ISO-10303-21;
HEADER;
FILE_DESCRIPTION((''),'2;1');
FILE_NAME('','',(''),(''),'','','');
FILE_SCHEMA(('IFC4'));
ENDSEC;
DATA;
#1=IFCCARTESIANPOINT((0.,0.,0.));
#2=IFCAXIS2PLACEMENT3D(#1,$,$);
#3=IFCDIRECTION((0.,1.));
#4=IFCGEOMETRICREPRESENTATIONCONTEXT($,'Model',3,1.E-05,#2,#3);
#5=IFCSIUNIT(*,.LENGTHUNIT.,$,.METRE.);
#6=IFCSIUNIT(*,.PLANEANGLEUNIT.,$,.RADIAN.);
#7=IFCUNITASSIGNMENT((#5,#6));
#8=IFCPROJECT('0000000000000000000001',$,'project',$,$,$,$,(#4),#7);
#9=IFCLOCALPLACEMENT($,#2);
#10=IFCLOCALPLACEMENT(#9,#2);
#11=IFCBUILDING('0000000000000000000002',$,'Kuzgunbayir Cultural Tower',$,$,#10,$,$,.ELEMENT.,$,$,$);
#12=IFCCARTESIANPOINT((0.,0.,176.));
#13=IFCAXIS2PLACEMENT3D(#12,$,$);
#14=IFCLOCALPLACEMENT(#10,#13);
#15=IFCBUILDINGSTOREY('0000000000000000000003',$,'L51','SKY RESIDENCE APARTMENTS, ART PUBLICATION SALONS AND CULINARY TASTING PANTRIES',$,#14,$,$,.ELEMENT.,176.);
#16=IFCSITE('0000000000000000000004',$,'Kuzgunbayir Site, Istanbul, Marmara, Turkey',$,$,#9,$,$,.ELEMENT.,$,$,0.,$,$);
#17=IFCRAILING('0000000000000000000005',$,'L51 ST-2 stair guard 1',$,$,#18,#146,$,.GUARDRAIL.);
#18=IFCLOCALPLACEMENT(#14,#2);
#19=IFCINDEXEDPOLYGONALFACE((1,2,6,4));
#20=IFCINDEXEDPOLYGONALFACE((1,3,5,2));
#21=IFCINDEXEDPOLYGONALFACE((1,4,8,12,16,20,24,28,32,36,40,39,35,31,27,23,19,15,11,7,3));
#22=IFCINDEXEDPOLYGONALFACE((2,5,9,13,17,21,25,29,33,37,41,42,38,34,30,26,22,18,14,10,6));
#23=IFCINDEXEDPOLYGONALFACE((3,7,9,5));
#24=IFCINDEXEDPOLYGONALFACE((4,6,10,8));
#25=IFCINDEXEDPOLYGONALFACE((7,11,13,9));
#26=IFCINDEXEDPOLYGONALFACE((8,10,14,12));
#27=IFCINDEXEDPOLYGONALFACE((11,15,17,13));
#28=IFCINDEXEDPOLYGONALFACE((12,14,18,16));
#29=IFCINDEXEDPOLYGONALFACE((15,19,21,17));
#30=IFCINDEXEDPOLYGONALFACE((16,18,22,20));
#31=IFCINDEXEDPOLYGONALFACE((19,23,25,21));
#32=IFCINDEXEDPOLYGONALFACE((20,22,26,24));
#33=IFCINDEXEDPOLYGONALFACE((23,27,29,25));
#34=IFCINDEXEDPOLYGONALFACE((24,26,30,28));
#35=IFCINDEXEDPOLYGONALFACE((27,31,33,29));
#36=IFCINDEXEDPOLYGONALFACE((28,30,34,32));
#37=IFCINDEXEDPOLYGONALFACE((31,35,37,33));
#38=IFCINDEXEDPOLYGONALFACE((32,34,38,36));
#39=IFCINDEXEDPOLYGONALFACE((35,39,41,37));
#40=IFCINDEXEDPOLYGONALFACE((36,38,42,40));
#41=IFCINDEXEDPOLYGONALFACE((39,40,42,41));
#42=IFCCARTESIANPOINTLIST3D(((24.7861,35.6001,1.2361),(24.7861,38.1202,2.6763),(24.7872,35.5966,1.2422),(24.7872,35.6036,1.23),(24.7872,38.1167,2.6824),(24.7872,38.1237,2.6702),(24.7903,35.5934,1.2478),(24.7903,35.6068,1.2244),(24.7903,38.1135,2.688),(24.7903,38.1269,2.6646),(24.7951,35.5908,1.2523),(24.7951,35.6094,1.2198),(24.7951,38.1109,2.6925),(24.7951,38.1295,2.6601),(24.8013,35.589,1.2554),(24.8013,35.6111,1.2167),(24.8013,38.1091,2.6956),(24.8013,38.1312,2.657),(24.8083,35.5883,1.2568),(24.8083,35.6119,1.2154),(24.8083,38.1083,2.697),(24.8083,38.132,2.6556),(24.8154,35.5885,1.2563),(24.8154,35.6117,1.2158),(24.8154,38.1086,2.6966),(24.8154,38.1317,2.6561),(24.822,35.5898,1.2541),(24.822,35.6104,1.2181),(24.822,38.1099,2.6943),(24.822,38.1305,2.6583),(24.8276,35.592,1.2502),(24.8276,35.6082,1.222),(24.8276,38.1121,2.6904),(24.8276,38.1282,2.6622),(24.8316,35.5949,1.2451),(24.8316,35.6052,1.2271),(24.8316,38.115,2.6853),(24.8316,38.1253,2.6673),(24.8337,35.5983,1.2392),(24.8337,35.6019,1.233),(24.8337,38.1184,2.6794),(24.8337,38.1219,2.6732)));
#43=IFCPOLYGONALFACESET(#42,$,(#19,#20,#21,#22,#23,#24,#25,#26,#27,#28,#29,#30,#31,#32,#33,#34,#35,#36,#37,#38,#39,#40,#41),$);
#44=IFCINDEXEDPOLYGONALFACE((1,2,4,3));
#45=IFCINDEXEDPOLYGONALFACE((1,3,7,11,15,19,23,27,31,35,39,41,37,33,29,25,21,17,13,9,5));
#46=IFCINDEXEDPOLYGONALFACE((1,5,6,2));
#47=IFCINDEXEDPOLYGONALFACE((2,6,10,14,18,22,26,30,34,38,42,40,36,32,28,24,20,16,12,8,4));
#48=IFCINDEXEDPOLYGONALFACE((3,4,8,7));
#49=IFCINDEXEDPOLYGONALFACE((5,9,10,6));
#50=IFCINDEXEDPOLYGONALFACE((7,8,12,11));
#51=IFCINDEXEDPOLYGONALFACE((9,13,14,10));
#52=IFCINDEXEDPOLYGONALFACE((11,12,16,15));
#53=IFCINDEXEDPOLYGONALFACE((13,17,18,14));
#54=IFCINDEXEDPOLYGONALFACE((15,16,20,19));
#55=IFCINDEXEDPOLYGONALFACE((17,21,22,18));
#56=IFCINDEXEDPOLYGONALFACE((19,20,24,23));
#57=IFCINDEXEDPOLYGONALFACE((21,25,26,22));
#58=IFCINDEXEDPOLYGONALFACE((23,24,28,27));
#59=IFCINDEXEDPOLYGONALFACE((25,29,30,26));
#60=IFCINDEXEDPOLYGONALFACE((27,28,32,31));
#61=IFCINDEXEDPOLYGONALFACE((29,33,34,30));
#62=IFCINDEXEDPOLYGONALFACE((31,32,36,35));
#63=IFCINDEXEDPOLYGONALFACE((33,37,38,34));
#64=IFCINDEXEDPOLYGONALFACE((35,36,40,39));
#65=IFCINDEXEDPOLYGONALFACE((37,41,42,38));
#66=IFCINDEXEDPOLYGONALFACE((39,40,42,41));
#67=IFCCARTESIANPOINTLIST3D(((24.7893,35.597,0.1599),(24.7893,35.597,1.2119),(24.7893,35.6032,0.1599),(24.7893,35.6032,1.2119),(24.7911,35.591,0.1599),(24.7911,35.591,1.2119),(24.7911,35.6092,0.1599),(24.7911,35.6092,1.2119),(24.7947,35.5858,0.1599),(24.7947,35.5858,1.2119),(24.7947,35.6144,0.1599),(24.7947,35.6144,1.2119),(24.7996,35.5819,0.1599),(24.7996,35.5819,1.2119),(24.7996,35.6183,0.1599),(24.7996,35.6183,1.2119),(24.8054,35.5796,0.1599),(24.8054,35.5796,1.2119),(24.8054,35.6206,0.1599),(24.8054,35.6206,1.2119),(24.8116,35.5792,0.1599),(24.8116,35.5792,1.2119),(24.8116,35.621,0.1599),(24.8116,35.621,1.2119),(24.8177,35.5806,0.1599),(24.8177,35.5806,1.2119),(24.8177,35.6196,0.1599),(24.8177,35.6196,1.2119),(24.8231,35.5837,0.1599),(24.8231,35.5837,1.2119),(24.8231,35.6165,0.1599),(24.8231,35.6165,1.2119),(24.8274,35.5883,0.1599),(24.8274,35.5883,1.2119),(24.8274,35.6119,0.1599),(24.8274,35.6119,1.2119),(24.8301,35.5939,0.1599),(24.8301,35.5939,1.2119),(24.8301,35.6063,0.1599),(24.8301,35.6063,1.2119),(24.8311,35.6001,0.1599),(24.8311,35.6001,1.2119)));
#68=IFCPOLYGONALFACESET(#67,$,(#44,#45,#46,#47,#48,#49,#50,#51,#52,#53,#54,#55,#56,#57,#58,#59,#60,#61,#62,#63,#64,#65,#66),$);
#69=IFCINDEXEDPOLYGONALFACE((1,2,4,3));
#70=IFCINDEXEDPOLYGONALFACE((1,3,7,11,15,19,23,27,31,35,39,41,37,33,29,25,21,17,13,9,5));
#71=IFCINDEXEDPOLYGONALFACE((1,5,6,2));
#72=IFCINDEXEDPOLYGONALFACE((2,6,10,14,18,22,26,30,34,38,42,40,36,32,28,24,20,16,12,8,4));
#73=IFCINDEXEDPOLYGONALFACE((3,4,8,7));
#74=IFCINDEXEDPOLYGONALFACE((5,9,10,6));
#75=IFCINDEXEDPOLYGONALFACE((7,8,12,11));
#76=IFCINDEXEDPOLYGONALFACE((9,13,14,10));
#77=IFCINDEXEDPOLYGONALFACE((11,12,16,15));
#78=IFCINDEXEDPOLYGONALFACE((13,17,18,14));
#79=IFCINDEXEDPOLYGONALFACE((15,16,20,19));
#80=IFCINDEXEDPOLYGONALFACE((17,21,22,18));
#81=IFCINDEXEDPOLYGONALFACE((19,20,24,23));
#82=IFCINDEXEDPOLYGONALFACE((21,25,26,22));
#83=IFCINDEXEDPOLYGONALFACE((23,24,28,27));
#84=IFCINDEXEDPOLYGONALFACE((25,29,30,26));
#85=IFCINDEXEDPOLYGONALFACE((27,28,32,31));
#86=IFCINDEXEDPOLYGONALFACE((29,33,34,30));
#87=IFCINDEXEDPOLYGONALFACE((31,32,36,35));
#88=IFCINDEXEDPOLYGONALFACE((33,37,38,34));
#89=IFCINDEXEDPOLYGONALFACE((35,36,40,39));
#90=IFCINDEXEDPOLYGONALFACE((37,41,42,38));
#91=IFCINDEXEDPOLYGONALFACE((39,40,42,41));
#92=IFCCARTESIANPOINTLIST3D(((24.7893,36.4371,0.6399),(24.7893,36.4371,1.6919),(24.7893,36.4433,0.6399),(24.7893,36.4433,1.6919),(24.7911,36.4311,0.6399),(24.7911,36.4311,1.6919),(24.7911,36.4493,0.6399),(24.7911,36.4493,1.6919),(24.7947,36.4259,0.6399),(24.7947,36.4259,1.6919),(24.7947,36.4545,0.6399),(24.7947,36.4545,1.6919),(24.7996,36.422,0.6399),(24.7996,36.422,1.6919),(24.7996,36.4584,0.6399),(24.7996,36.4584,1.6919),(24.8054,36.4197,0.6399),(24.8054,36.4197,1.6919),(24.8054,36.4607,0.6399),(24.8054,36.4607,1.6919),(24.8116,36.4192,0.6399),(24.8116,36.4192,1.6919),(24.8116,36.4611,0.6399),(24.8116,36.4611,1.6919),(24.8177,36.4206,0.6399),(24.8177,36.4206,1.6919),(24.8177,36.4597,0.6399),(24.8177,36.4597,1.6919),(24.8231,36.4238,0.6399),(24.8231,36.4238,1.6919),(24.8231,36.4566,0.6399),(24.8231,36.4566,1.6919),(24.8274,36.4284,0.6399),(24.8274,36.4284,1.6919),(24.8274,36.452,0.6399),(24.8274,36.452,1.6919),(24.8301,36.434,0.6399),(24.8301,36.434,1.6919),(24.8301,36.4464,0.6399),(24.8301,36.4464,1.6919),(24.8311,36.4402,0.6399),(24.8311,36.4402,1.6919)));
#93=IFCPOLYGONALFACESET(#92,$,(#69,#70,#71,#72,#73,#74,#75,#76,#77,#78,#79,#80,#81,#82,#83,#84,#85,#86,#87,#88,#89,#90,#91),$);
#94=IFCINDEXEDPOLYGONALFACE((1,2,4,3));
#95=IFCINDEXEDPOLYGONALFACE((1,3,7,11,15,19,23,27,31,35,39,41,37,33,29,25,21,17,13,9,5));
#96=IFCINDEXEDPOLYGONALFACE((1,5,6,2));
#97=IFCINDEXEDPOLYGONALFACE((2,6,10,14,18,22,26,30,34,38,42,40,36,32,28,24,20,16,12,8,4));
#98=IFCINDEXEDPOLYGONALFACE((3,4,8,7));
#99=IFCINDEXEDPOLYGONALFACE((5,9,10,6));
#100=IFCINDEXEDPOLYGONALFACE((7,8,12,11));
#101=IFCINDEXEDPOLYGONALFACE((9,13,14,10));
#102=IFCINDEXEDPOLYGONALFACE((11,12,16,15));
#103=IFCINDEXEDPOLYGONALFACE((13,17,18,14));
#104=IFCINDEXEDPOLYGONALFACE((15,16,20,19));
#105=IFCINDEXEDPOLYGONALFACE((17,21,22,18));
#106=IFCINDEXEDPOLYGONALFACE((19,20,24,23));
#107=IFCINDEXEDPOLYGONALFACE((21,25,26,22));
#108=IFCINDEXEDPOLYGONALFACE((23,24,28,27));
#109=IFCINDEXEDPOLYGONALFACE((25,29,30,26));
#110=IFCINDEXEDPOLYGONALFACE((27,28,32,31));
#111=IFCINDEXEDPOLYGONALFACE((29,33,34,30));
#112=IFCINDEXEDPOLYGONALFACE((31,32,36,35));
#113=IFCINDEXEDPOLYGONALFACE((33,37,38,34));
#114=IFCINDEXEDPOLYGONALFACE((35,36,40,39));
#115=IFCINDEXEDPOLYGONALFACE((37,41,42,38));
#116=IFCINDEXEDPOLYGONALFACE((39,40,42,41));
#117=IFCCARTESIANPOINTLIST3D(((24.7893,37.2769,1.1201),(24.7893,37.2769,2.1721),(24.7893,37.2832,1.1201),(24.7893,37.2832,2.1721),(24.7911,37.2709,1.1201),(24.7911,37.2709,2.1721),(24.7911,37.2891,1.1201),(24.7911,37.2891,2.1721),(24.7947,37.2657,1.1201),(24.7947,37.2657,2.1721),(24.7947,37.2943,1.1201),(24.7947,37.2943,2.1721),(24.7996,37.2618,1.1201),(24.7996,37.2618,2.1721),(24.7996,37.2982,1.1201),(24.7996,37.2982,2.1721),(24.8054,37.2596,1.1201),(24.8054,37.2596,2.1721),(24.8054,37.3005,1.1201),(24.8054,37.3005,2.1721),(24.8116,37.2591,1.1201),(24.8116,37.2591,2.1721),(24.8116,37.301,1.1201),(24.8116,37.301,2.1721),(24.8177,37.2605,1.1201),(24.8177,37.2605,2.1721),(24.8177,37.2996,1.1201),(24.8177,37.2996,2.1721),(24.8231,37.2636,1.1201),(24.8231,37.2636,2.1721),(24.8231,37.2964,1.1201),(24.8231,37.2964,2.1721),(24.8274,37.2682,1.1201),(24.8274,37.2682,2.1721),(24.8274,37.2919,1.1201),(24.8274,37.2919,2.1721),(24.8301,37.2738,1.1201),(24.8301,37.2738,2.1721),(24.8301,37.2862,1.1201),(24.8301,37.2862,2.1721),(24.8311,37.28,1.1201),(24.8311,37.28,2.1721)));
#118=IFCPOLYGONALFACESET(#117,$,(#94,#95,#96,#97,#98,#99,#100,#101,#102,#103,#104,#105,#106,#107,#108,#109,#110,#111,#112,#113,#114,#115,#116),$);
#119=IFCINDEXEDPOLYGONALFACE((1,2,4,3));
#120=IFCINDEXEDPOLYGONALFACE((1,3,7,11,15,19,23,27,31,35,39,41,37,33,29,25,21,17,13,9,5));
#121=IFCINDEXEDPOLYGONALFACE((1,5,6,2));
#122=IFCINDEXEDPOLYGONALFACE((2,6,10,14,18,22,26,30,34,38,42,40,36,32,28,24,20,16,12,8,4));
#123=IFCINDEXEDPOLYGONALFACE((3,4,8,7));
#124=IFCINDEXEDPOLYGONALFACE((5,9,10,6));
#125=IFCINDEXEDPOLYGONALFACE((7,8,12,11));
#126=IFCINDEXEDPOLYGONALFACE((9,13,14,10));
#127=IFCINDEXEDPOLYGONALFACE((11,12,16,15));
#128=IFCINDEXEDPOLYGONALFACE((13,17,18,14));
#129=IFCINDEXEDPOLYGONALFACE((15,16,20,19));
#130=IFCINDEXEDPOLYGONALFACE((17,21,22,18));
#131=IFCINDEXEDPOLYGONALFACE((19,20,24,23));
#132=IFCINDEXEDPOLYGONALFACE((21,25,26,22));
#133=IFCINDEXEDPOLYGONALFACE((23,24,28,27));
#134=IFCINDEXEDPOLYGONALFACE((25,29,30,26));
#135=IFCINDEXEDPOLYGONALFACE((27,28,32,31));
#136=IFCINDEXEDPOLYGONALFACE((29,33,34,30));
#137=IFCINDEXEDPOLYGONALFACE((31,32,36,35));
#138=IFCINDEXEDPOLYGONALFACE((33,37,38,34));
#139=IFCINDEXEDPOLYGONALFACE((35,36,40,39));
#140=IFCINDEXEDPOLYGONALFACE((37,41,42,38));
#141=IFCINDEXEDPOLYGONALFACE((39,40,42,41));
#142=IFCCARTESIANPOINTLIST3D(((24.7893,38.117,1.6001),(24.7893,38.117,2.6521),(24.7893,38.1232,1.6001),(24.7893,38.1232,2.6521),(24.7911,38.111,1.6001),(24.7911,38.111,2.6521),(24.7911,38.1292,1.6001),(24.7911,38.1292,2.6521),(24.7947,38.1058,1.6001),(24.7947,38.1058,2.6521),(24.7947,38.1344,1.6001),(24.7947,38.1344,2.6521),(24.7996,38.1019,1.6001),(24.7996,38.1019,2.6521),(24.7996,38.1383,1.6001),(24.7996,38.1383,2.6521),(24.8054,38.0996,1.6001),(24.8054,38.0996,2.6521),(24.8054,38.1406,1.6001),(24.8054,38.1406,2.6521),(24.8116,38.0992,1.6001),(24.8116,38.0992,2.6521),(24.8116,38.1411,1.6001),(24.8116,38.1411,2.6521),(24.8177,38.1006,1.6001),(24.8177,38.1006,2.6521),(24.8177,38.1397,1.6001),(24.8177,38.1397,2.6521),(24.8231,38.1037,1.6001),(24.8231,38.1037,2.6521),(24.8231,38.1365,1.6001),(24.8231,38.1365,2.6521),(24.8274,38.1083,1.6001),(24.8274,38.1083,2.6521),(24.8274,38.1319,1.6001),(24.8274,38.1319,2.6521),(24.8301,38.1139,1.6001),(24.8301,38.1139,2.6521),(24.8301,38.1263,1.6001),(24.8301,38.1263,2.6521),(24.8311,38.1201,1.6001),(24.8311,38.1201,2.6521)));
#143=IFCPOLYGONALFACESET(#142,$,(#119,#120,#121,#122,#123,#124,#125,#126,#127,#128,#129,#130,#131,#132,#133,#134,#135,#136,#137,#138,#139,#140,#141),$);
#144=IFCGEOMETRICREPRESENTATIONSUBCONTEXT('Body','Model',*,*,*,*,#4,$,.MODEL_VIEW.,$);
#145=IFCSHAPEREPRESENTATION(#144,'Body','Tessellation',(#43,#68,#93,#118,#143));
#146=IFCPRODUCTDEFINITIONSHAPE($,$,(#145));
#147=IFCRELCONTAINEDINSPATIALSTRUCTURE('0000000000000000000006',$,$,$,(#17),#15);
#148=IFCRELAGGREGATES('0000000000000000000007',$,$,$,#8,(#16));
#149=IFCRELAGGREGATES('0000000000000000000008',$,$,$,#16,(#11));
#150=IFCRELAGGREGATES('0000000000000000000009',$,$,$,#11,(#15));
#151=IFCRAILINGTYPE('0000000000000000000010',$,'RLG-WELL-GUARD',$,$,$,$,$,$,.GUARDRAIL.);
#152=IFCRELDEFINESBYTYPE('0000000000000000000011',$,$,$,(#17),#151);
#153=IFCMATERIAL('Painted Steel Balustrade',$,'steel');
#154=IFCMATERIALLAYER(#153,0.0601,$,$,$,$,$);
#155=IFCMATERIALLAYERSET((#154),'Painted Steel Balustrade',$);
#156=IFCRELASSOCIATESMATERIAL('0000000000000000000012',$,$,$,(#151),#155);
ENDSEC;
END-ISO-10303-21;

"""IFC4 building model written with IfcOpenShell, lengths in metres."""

from ifc_helpers import new_model, si_unit, direction, frame, origin, origin_2d, place, context, subcontext, project, spatial, circle, extrude, material, layer, layer_set, type_object, element, save


model = new_model("IFC4")

# Units and contexts
model_context = context("Model", 3, precision=1e-05, world=origin(), true_north=direction((0.0, 1.0)))
body_context = subcontext(model_context, "Body", "Model", "MODEL_VIEW")
ifc_project = project(units=[si_unit("LENGTHUNIT", "METRE"), si_unit("PLANEANGLEUNIT", "RADIAN")], contexts=[model_context])

# Site, building, storey
site_placement = place(None, origin())
site = spatial("IfcSite", under=ifc_project, at=site_placement, Name="Kuzgunbayir Site, Istanbul, Marmara, Turkey", CompositionType="ELEMENT", RefElevation=0.0)
building_placement = place(site_placement, origin())
building = spatial("IfcBuilding", under=site, at=building_placement, Name="Kuzgunbayir Cultural Tower", CompositionType="ELEMENT")
storey_placement = place(building_placement, frame((0.0, 0.0, 176.0)))
storey = spatial("IfcBuildingStorey", under=building, at=storey_placement, Name="L51", Description="SKY RESIDENCE APARTMENTS, ART PUBLICATION SALONS AND CULINARY TASTING PANTRIES", CompositionType="ELEMENT", Elevation=176.0)

# Railing
ifc_material_1 = material(Name="Painted Steel Balustrade", Category="steel")
ifc_layer_1 = layer(ifc_material_1, 0.0601)
ifc_layer_set_1 = layer_set([ifc_layer_1], Name="Painted Steel Balustrade")
railing_type_1 = type_object("IfcRailingType", Name="RLG-WELL-GUARD", PredefinedType="GUARDRAIL", material=ifc_layer_set_1)
railing_1_placement = place(storey_placement, frame((24.8101, 35.6001, 0.1599)))
element("IfcRailing", 1, at=railing_1_placement, inside=storey, type_object=railing_type_1, Name="L51 ST-2 stair guard 1", PredefinedType="GUARDRAIL", context=body_context, shape_type="SweptSolid", body=[
    extrude(circle(Radius=0.0239, at=origin_2d()), frame((0.0, 0.0, 1.0762), z_axis=(0.0, 0.868217, 0.496184), x_axis=(-1.0, 0.0, 0.0)), (0.0, 0.0, 1.0), 2.9026),
    extrude(circle(Radius=0.021, at=origin_2d()), origin(), (0.0, 0.0, 1.0), 1.052),
    extrude(circle(Radius=0.021, at=origin_2d()), frame((0.0, 0.8401, 0.48)), (0.0, 0.0, 1.0), 1.052),
    extrude(circle(Radius=0.021, at=origin_2d()), frame((0.0, 1.6799, 0.9602)), (0.0, 0.0, 1.0), 1.052),
    extrude(circle(Radius=0.021, at=origin_2d()), frame((0.0, 2.52, 1.4402)), (0.0, 0.0, 1.0), 1.052),
])

save(model, "model.ifc")
